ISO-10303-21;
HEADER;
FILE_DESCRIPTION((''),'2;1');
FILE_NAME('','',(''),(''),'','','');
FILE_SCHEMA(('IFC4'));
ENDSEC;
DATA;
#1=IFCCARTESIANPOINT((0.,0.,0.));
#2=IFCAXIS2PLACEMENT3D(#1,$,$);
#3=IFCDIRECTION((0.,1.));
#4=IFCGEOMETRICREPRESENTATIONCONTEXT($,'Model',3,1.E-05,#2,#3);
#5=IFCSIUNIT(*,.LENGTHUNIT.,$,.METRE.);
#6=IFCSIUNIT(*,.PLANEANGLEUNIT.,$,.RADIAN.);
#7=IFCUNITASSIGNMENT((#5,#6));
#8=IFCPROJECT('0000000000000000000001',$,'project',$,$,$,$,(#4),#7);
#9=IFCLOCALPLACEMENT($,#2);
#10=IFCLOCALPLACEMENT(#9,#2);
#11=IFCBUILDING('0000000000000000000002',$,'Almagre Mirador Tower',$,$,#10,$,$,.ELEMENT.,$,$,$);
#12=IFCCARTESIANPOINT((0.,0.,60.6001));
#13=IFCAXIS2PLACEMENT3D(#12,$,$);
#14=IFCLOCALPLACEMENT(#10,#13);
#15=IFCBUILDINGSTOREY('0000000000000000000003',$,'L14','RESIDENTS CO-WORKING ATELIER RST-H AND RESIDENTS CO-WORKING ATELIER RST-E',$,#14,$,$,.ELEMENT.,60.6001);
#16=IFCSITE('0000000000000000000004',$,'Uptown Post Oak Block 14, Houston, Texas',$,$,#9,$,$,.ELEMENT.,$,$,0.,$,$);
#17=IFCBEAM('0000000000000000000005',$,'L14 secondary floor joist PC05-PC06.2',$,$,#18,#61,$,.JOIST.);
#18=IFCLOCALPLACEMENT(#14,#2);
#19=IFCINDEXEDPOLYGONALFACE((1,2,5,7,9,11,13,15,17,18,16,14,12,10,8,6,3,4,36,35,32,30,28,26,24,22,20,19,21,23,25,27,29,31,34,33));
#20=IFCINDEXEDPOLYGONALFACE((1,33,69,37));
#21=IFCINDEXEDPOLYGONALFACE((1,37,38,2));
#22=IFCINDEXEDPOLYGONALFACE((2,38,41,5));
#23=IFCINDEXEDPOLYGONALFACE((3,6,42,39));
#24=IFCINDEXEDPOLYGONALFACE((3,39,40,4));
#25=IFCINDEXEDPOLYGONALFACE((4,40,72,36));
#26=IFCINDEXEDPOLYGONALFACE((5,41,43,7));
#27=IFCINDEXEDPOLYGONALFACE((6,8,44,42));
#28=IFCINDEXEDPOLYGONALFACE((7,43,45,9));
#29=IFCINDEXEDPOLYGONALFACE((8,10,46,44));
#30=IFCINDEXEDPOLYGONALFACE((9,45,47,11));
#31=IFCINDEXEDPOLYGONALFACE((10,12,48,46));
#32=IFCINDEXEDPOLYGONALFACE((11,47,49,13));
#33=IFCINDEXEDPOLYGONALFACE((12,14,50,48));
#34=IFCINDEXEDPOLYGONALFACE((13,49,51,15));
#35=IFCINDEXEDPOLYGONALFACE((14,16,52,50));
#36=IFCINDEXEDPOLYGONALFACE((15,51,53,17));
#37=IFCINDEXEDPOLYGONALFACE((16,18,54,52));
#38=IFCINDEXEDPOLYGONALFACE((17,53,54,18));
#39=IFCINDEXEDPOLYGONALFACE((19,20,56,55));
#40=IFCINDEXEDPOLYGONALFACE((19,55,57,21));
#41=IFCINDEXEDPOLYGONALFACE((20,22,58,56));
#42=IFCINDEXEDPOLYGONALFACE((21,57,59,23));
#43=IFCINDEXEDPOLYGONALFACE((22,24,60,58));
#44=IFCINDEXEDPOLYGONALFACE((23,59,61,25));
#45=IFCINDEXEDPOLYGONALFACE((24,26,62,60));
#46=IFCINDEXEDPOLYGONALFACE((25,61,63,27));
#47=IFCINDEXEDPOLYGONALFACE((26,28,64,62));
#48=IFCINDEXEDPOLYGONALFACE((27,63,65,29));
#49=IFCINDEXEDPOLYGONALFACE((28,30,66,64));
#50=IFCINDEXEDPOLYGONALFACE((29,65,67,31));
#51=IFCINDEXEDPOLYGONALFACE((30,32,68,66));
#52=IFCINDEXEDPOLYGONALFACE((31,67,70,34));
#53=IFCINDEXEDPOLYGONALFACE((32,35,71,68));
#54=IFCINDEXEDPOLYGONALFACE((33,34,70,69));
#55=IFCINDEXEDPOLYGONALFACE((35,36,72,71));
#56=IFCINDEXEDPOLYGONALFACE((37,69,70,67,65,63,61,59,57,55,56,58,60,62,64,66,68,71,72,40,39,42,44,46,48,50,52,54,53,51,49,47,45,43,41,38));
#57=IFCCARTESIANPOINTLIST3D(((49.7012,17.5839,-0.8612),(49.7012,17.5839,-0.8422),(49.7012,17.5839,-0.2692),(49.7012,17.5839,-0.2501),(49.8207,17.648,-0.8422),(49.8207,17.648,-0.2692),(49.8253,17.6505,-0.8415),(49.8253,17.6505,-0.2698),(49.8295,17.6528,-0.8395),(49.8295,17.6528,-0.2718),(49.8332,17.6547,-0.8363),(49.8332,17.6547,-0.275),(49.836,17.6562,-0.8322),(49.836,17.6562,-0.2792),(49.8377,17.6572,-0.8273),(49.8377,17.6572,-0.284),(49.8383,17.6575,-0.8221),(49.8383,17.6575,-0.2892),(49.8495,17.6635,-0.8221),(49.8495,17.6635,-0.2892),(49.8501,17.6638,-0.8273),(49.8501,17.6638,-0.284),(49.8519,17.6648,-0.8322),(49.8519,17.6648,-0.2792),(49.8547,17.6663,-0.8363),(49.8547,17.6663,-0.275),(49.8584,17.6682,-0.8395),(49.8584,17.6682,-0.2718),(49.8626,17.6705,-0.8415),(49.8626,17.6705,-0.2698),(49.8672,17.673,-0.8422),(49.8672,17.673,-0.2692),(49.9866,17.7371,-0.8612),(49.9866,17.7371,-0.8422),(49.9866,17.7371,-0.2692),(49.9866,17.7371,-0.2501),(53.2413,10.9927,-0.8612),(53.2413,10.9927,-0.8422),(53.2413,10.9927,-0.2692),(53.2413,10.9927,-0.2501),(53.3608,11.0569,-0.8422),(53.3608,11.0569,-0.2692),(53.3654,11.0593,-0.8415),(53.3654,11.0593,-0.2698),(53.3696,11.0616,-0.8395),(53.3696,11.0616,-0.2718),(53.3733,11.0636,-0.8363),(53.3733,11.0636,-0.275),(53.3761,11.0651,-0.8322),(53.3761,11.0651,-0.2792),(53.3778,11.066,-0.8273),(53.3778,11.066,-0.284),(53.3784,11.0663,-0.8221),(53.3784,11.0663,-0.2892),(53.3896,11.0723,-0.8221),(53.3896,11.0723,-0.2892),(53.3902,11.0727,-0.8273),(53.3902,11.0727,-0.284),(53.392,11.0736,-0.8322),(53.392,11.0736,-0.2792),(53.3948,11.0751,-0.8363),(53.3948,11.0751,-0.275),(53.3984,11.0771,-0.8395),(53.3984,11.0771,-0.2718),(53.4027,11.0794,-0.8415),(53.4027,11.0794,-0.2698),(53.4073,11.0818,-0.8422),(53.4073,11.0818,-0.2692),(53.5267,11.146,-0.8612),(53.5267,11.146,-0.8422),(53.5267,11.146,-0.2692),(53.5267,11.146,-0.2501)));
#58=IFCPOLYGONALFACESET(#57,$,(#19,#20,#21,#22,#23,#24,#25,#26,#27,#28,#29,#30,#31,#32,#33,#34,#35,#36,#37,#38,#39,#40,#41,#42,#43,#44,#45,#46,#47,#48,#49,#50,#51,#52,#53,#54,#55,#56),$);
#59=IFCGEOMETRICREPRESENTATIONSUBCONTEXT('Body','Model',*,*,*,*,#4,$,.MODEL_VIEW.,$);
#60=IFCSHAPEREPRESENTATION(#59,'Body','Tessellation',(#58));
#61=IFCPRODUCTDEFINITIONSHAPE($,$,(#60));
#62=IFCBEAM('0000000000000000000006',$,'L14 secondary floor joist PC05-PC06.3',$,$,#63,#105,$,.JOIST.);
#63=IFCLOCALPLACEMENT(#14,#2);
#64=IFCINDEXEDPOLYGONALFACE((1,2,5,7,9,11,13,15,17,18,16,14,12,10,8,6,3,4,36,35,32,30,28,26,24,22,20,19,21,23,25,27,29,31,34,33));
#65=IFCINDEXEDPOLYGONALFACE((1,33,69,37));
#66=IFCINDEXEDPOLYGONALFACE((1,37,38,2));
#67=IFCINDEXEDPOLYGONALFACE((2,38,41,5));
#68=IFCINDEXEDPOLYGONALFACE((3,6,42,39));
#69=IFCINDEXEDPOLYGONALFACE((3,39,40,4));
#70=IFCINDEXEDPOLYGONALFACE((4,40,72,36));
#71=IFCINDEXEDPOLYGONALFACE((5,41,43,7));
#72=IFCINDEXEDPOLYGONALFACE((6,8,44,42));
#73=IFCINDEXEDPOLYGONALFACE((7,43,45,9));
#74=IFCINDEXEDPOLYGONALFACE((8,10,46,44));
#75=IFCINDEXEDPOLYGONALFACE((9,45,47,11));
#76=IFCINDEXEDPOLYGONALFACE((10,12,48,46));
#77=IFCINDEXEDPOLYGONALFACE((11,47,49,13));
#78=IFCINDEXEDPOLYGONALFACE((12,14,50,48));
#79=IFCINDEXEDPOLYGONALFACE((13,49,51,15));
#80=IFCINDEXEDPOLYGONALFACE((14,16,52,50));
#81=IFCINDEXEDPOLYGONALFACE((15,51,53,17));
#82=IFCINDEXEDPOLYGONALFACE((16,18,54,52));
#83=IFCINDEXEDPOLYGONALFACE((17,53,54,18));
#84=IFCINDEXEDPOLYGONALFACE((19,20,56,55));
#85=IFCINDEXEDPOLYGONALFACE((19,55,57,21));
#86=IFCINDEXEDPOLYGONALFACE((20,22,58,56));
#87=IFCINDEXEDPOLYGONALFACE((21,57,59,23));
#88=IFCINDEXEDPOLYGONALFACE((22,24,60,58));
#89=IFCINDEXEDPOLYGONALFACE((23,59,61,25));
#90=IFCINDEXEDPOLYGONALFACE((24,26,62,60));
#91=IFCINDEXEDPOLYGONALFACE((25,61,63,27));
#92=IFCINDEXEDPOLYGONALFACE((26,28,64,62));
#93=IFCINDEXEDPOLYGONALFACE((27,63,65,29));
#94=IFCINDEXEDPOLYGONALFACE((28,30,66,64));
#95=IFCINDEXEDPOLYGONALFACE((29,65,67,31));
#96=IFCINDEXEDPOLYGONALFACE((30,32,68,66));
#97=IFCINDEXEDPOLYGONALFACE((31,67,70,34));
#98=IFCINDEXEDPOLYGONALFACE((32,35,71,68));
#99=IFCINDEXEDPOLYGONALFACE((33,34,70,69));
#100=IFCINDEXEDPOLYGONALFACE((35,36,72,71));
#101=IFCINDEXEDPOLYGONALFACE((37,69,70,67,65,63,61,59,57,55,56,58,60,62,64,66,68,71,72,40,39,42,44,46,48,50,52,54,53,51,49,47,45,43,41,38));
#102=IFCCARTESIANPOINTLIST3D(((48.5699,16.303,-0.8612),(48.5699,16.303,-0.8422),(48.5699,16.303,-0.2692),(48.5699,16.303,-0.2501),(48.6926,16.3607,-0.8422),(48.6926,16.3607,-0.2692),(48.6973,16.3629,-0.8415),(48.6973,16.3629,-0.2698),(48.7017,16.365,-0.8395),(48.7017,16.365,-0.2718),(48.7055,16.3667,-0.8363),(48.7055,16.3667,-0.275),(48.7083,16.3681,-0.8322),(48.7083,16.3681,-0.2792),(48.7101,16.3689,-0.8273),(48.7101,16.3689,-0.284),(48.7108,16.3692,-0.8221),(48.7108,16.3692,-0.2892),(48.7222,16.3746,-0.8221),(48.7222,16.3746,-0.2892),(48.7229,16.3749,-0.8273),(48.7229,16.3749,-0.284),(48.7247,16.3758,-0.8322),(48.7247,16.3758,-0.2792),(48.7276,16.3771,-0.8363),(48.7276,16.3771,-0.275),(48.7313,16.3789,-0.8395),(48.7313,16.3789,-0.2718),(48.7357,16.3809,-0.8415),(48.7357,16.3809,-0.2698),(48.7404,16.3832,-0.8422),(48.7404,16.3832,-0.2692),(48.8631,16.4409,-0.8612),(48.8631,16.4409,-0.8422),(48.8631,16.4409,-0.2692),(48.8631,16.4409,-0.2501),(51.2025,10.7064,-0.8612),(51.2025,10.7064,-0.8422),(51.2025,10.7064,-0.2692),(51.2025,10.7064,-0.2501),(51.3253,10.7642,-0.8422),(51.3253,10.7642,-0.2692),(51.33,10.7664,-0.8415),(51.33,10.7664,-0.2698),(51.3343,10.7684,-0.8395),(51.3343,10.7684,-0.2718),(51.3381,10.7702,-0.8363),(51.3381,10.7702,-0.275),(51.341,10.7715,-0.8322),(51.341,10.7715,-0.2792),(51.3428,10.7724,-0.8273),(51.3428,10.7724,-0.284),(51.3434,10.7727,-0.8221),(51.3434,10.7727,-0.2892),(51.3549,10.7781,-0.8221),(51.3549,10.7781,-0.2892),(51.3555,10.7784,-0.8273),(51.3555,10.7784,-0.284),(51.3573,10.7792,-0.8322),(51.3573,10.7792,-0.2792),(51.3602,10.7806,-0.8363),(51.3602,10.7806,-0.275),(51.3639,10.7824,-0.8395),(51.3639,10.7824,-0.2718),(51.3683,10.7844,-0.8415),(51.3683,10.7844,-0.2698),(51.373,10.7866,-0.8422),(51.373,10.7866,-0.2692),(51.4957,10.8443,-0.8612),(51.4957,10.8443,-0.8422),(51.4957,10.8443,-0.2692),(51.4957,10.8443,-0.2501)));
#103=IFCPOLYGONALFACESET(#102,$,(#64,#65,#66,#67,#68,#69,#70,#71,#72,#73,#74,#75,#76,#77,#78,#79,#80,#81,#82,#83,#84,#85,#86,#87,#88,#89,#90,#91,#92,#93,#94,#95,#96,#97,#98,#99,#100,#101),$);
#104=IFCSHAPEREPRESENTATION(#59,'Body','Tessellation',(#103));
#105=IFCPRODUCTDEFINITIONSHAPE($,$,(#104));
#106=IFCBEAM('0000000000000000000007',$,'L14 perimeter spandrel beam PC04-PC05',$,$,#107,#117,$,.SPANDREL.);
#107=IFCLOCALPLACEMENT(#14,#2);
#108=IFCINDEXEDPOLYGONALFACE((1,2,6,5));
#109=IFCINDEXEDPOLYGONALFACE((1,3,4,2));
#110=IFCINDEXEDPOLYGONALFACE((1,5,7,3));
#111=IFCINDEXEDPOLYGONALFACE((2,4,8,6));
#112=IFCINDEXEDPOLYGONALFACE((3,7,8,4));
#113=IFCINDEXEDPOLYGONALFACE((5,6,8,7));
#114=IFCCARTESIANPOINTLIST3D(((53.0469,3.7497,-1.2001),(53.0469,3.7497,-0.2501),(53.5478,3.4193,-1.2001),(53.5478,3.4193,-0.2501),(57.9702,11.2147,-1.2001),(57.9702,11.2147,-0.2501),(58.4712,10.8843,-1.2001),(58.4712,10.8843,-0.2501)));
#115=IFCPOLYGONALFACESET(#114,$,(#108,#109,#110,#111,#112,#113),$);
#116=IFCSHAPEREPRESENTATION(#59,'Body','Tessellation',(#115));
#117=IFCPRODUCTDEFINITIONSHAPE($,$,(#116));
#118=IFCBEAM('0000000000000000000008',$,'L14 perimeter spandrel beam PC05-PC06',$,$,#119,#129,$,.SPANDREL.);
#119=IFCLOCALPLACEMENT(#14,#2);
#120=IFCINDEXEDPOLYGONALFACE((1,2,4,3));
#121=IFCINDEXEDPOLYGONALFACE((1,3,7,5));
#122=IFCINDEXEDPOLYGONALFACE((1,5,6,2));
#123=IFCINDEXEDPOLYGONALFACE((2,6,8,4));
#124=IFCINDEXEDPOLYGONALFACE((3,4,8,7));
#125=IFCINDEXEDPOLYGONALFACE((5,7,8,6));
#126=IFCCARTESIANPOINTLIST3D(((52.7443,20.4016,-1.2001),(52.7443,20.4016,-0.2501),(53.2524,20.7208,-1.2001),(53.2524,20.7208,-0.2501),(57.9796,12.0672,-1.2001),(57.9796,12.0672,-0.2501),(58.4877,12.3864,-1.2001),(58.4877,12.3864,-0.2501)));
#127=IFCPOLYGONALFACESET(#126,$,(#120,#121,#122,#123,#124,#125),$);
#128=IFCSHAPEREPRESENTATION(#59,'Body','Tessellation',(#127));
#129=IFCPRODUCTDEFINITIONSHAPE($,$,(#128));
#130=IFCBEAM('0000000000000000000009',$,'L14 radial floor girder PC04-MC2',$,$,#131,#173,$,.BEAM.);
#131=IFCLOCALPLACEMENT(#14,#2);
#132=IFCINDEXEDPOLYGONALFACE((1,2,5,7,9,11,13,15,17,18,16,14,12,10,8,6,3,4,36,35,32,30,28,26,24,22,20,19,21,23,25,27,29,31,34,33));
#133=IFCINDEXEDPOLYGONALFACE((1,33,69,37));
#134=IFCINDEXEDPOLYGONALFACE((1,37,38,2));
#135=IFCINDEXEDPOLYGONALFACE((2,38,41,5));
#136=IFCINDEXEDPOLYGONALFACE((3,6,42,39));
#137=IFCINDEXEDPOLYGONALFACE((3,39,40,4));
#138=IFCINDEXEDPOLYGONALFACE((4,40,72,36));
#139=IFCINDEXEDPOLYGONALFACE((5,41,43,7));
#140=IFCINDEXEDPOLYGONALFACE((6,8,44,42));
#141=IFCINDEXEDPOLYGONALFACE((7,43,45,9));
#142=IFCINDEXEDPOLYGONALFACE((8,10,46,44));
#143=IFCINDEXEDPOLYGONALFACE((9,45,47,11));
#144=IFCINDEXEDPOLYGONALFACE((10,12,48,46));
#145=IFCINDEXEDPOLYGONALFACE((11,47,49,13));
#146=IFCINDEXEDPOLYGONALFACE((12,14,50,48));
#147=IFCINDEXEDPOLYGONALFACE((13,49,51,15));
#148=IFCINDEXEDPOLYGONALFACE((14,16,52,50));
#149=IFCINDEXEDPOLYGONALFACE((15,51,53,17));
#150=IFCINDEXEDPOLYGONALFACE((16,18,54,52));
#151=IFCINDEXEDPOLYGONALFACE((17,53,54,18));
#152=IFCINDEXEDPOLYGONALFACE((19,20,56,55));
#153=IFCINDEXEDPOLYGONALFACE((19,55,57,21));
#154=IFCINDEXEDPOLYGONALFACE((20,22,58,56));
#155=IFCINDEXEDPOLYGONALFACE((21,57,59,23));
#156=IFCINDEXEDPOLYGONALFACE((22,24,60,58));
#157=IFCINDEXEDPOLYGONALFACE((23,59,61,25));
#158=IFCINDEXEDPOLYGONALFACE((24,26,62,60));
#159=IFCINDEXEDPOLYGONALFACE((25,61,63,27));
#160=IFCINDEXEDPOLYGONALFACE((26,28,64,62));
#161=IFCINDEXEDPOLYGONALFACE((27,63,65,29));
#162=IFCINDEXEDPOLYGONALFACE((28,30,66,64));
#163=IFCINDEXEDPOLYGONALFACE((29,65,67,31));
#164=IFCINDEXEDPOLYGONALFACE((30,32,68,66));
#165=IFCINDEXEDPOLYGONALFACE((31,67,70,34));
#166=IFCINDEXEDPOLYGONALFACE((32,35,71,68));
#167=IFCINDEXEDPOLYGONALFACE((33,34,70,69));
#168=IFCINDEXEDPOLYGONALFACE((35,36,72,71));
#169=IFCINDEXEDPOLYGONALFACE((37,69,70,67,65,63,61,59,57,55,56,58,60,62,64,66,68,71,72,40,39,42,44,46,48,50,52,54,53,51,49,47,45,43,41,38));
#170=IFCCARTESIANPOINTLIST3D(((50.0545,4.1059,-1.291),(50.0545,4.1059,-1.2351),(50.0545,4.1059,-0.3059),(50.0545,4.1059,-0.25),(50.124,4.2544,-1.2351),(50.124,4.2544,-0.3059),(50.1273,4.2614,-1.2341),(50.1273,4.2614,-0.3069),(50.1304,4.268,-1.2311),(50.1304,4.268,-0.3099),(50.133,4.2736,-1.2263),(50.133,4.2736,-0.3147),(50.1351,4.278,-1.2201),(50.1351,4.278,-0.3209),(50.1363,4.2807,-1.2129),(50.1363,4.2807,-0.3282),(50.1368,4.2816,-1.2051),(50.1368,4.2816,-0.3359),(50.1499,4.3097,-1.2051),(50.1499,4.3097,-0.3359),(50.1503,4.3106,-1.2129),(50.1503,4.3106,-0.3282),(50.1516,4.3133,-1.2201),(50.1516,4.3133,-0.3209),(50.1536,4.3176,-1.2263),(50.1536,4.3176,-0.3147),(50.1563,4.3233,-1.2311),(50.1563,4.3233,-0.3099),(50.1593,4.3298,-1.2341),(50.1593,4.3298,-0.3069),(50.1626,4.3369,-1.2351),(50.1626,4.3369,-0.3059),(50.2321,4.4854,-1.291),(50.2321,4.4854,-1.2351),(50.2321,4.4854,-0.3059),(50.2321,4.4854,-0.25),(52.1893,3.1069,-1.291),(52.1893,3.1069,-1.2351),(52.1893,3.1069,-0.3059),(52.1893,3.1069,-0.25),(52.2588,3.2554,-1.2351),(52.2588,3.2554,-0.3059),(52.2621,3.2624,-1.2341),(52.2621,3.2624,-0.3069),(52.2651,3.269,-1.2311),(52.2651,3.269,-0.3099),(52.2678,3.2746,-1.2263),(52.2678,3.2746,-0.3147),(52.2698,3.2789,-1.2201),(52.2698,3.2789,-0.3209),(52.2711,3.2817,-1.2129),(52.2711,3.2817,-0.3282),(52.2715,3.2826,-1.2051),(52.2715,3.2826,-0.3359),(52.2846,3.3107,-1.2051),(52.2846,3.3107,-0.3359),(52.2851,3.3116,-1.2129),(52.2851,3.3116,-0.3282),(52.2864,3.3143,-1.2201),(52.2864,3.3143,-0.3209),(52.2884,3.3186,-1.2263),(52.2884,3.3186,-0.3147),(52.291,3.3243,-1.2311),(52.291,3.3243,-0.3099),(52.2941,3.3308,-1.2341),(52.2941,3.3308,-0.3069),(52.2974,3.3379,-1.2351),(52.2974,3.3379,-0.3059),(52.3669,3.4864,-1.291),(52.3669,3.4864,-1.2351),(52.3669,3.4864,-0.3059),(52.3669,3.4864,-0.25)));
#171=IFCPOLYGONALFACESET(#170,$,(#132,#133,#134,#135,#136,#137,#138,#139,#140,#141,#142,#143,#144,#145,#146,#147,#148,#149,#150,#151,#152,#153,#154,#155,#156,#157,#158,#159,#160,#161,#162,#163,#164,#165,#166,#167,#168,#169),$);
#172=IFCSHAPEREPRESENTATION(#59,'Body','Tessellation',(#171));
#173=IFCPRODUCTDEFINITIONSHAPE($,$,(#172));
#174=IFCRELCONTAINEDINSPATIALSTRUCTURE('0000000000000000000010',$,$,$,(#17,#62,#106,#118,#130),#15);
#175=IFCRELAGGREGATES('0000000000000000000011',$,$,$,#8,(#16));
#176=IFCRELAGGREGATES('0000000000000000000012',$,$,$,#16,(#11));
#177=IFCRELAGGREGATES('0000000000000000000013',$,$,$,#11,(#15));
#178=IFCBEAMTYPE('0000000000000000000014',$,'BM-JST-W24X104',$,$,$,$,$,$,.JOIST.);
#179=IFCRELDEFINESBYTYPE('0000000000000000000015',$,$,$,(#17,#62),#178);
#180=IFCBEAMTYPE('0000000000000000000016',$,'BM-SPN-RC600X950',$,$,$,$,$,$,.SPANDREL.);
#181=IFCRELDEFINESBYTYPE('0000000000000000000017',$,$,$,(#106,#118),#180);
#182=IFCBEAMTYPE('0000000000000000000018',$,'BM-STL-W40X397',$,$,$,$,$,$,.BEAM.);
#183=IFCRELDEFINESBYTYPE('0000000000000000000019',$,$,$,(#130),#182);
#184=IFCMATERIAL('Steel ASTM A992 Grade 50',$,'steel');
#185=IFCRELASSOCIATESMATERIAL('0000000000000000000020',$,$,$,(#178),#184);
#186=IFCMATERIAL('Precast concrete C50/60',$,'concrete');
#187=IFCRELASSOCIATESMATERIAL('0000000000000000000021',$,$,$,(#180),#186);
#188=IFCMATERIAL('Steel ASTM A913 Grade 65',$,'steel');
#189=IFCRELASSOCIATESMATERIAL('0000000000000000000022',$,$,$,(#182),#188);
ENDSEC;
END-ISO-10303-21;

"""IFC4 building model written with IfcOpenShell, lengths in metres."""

from ifc_helpers import new_model, si_unit, direction, frame, origin, origin_2d, place, context, subcontext, project, spatial, rectangle, i_section, extrude, material, material_profile, profile_set, type_object, element, save


model = new_model("IFC4")

# Units and contexts
model_context = context("Model", 3, precision=1e-05, world=origin(), true_north=direction((0.0, 1.0)))
body_context = subcontext(model_context, "Body", "Model", "MODEL_VIEW")
ifc_project = project(units=[si_unit("LENGTHUNIT", "METRE"), si_unit("PLANEANGLEUNIT", "RADIAN")], contexts=[model_context])

# Site, building, storey
site_placement = place(None, origin())
site = spatial("IfcSite", under=ifc_project, at=site_placement, Name="Uptown Post Oak Block 14, Houston, Texas", CompositionType="ELEMENT", RefElevation=0.0)
building_placement = place(site_placement, origin())
building = spatial("IfcBuilding", under=site, at=building_placement, Name="Almagre Mirador Tower", CompositionType="ELEMENT")
storey_placement = place(building_placement, frame((0.0, 0.0, 60.6001)))
storey = spatial("IfcBuildingStorey", under=building, at=storey_placement, Name="L14", Description="RESIDENTS CO-WORKING ATELIER RST-H AND RESIDENTS CO-WORKING ATELIER RST-E", CompositionType="ELEMENT", Elevation=60.6001)

# Beams
ifc_material_1 = material(Name="Steel ASTM A992 Grade 50", Category="steel")
ifc_material_profile_1 = material_profile(ifc_material_1, i_section(OverallWidth=0.324, OverallDepth=0.6111, WebThickness=0.0127, FlangeThickness=0.019, FilletRadius=0.02, at=origin_2d()), Name="W24X104")
ifc_profile_set_1 = profile_set([ifc_material_profile_1], Name="Steel ASTM A992 Grade 50")
beam_type_1 = type_object("IfcBeamType", Name="BM-JST-W24X104", PredefinedType="JOIST", material=ifc_profile_set_1)
beam_1_placement = place(storey_placement, frame((53.384, 11.0693, -0.5557), z_axis=(-0.473167, 0.880973, 0.0), x_axis=(-0.880973, -0.473167, 0.0)))
element("IfcBeam", 1, at=beam_1_placement, inside=storey, type_object=beam_type_1, Name="L14 secondary floor joist PC05-PC06.2", PredefinedType="JOIST", context=body_context, shape_type="SweptSolid", body=[
    extrude(i_section(OverallWidth=0.324, OverallDepth=0.6111, WebThickness=0.0127, FlangeThickness=0.019, FilletRadius=0.02, at=origin_2d()), origin(), (0.0, 0.0, 1.0), 7.4817),
])
beam_2_placement = place(storey_placement, frame((51.3491, 10.7754, -0.5557), z_axis=(-0.425658, 0.904884, 0.0), x_axis=(-0.904884, -0.425658, 0.0)))
element("IfcBeam", 2, at=beam_2_placement, inside=storey, type_object=beam_type_1, Name="L14 secondary floor joist PC05-PC06.3", PredefinedType="JOIST", context=body_context, shape_type="SweptSolid", body=[
    extrude(i_section(OverallWidth=0.324, OverallDepth=0.6111, WebThickness=0.0127, FlangeThickness=0.019, FilletRadius=0.02, at=origin_2d()), origin(), (0.0, 0.0, 1.0), 6.1848),
])
ifc_material_2 = material(Name="Precast concrete C50/60", Category="concrete")
ifc_material_profile_2 = material_profile(ifc_material_2, rectangle(XDim=0.6001, YDim=0.95, at=origin_2d()), Name="RC600X950")
ifc_profile_set_2 = profile_set([ifc_material_profile_2], Name="Precast concrete C50/60")
beam_type_2 = type_object("IfcBeamType", Name="BM-SPN-RC600X950", PredefinedType="SPANDREL", material=ifc_profile_set_2)
beam_3_placement = place(storey_placement, frame((53.2974, 3.5845, -0.7251), z_axis=(0.55056, 0.834795, 0.0), x_axis=(-0.834795, 0.55056, 0.0)))
element("IfcBeam", 3, at=beam_3_placement, inside=storey, type_object=beam_type_2, Name="L14 perimeter spandrel beam PC04-PC05", PredefinedType="SPANDREL", context=body_context, shape_type="SweptSolid", body=[
    extrude(rectangle(XDim=0.6001, YDim=0.95, at=origin_2d()), origin(), (0.0, 0.0, 1.0), 8.9424),
])
beam_4_placement = place(storey_placement, frame((58.2336, 12.2268, -0.7251), z_axis=(-0.53192, 0.846795, 0.0), x_axis=(-0.846795, -0.53192, 0.0)))
element("IfcBeam", 4, at=beam_4_placement, inside=storey, type_object=beam_type_2, Name="L14 perimeter spandrel beam PC05-PC06", PredefinedType="SPANDREL", context=body_context, shape_type="SweptSolid", body=[
    extrude(rectangle(XDim=0.6001, YDim=0.95, at=origin_2d()), origin(), (0.0, 0.0, 1.0), 9.8423),
])
ifc_material_3 = material(Name="Steel ASTM A913 Grade 65", Category="steel")
ifc_material_profile_3 = material_profile(ifc_material_3, i_section(OverallWidth=0.4189, OverallDepth=1.041, WebThickness=0.031, FlangeThickness=0.0559, FilletRadius=0.03, at=origin_2d()), Name="W40X397")
ifc_profile_set_3 = profile_set([ifc_material_profile_3], Name="Steel ASTM A913 Grade 65")
beam_type_3 = type_object("IfcBeamType", Name="BM-STL-W40X397", PredefinedType="BEAM", material=ifc_profile_set_3)
beam_5_placement = place(storey_placement, frame((52.2781, 3.2966, -0.7705), z_axis=(-0.905727, 0.423861, 0.0), x_axis=(-0.423861, -0.905727, 0.0)))
element("IfcBeam", 5, at=beam_5_placement, inside=storey, type_object=beam_type_3, Name="L14 radial floor girder PC04-MC2", PredefinedType="BEAM", context=body_context, shape_type="SweptSolid", body=[
    extrude(i_section(OverallWidth=0.4189, OverallDepth=1.041, WebThickness=0.031, FlangeThickness=0.0559, FilletRadius=0.03, at=origin_2d()), origin(), (0.0, 0.0, 1.0), 2.3569),
])

save(model, "model.ifc")
